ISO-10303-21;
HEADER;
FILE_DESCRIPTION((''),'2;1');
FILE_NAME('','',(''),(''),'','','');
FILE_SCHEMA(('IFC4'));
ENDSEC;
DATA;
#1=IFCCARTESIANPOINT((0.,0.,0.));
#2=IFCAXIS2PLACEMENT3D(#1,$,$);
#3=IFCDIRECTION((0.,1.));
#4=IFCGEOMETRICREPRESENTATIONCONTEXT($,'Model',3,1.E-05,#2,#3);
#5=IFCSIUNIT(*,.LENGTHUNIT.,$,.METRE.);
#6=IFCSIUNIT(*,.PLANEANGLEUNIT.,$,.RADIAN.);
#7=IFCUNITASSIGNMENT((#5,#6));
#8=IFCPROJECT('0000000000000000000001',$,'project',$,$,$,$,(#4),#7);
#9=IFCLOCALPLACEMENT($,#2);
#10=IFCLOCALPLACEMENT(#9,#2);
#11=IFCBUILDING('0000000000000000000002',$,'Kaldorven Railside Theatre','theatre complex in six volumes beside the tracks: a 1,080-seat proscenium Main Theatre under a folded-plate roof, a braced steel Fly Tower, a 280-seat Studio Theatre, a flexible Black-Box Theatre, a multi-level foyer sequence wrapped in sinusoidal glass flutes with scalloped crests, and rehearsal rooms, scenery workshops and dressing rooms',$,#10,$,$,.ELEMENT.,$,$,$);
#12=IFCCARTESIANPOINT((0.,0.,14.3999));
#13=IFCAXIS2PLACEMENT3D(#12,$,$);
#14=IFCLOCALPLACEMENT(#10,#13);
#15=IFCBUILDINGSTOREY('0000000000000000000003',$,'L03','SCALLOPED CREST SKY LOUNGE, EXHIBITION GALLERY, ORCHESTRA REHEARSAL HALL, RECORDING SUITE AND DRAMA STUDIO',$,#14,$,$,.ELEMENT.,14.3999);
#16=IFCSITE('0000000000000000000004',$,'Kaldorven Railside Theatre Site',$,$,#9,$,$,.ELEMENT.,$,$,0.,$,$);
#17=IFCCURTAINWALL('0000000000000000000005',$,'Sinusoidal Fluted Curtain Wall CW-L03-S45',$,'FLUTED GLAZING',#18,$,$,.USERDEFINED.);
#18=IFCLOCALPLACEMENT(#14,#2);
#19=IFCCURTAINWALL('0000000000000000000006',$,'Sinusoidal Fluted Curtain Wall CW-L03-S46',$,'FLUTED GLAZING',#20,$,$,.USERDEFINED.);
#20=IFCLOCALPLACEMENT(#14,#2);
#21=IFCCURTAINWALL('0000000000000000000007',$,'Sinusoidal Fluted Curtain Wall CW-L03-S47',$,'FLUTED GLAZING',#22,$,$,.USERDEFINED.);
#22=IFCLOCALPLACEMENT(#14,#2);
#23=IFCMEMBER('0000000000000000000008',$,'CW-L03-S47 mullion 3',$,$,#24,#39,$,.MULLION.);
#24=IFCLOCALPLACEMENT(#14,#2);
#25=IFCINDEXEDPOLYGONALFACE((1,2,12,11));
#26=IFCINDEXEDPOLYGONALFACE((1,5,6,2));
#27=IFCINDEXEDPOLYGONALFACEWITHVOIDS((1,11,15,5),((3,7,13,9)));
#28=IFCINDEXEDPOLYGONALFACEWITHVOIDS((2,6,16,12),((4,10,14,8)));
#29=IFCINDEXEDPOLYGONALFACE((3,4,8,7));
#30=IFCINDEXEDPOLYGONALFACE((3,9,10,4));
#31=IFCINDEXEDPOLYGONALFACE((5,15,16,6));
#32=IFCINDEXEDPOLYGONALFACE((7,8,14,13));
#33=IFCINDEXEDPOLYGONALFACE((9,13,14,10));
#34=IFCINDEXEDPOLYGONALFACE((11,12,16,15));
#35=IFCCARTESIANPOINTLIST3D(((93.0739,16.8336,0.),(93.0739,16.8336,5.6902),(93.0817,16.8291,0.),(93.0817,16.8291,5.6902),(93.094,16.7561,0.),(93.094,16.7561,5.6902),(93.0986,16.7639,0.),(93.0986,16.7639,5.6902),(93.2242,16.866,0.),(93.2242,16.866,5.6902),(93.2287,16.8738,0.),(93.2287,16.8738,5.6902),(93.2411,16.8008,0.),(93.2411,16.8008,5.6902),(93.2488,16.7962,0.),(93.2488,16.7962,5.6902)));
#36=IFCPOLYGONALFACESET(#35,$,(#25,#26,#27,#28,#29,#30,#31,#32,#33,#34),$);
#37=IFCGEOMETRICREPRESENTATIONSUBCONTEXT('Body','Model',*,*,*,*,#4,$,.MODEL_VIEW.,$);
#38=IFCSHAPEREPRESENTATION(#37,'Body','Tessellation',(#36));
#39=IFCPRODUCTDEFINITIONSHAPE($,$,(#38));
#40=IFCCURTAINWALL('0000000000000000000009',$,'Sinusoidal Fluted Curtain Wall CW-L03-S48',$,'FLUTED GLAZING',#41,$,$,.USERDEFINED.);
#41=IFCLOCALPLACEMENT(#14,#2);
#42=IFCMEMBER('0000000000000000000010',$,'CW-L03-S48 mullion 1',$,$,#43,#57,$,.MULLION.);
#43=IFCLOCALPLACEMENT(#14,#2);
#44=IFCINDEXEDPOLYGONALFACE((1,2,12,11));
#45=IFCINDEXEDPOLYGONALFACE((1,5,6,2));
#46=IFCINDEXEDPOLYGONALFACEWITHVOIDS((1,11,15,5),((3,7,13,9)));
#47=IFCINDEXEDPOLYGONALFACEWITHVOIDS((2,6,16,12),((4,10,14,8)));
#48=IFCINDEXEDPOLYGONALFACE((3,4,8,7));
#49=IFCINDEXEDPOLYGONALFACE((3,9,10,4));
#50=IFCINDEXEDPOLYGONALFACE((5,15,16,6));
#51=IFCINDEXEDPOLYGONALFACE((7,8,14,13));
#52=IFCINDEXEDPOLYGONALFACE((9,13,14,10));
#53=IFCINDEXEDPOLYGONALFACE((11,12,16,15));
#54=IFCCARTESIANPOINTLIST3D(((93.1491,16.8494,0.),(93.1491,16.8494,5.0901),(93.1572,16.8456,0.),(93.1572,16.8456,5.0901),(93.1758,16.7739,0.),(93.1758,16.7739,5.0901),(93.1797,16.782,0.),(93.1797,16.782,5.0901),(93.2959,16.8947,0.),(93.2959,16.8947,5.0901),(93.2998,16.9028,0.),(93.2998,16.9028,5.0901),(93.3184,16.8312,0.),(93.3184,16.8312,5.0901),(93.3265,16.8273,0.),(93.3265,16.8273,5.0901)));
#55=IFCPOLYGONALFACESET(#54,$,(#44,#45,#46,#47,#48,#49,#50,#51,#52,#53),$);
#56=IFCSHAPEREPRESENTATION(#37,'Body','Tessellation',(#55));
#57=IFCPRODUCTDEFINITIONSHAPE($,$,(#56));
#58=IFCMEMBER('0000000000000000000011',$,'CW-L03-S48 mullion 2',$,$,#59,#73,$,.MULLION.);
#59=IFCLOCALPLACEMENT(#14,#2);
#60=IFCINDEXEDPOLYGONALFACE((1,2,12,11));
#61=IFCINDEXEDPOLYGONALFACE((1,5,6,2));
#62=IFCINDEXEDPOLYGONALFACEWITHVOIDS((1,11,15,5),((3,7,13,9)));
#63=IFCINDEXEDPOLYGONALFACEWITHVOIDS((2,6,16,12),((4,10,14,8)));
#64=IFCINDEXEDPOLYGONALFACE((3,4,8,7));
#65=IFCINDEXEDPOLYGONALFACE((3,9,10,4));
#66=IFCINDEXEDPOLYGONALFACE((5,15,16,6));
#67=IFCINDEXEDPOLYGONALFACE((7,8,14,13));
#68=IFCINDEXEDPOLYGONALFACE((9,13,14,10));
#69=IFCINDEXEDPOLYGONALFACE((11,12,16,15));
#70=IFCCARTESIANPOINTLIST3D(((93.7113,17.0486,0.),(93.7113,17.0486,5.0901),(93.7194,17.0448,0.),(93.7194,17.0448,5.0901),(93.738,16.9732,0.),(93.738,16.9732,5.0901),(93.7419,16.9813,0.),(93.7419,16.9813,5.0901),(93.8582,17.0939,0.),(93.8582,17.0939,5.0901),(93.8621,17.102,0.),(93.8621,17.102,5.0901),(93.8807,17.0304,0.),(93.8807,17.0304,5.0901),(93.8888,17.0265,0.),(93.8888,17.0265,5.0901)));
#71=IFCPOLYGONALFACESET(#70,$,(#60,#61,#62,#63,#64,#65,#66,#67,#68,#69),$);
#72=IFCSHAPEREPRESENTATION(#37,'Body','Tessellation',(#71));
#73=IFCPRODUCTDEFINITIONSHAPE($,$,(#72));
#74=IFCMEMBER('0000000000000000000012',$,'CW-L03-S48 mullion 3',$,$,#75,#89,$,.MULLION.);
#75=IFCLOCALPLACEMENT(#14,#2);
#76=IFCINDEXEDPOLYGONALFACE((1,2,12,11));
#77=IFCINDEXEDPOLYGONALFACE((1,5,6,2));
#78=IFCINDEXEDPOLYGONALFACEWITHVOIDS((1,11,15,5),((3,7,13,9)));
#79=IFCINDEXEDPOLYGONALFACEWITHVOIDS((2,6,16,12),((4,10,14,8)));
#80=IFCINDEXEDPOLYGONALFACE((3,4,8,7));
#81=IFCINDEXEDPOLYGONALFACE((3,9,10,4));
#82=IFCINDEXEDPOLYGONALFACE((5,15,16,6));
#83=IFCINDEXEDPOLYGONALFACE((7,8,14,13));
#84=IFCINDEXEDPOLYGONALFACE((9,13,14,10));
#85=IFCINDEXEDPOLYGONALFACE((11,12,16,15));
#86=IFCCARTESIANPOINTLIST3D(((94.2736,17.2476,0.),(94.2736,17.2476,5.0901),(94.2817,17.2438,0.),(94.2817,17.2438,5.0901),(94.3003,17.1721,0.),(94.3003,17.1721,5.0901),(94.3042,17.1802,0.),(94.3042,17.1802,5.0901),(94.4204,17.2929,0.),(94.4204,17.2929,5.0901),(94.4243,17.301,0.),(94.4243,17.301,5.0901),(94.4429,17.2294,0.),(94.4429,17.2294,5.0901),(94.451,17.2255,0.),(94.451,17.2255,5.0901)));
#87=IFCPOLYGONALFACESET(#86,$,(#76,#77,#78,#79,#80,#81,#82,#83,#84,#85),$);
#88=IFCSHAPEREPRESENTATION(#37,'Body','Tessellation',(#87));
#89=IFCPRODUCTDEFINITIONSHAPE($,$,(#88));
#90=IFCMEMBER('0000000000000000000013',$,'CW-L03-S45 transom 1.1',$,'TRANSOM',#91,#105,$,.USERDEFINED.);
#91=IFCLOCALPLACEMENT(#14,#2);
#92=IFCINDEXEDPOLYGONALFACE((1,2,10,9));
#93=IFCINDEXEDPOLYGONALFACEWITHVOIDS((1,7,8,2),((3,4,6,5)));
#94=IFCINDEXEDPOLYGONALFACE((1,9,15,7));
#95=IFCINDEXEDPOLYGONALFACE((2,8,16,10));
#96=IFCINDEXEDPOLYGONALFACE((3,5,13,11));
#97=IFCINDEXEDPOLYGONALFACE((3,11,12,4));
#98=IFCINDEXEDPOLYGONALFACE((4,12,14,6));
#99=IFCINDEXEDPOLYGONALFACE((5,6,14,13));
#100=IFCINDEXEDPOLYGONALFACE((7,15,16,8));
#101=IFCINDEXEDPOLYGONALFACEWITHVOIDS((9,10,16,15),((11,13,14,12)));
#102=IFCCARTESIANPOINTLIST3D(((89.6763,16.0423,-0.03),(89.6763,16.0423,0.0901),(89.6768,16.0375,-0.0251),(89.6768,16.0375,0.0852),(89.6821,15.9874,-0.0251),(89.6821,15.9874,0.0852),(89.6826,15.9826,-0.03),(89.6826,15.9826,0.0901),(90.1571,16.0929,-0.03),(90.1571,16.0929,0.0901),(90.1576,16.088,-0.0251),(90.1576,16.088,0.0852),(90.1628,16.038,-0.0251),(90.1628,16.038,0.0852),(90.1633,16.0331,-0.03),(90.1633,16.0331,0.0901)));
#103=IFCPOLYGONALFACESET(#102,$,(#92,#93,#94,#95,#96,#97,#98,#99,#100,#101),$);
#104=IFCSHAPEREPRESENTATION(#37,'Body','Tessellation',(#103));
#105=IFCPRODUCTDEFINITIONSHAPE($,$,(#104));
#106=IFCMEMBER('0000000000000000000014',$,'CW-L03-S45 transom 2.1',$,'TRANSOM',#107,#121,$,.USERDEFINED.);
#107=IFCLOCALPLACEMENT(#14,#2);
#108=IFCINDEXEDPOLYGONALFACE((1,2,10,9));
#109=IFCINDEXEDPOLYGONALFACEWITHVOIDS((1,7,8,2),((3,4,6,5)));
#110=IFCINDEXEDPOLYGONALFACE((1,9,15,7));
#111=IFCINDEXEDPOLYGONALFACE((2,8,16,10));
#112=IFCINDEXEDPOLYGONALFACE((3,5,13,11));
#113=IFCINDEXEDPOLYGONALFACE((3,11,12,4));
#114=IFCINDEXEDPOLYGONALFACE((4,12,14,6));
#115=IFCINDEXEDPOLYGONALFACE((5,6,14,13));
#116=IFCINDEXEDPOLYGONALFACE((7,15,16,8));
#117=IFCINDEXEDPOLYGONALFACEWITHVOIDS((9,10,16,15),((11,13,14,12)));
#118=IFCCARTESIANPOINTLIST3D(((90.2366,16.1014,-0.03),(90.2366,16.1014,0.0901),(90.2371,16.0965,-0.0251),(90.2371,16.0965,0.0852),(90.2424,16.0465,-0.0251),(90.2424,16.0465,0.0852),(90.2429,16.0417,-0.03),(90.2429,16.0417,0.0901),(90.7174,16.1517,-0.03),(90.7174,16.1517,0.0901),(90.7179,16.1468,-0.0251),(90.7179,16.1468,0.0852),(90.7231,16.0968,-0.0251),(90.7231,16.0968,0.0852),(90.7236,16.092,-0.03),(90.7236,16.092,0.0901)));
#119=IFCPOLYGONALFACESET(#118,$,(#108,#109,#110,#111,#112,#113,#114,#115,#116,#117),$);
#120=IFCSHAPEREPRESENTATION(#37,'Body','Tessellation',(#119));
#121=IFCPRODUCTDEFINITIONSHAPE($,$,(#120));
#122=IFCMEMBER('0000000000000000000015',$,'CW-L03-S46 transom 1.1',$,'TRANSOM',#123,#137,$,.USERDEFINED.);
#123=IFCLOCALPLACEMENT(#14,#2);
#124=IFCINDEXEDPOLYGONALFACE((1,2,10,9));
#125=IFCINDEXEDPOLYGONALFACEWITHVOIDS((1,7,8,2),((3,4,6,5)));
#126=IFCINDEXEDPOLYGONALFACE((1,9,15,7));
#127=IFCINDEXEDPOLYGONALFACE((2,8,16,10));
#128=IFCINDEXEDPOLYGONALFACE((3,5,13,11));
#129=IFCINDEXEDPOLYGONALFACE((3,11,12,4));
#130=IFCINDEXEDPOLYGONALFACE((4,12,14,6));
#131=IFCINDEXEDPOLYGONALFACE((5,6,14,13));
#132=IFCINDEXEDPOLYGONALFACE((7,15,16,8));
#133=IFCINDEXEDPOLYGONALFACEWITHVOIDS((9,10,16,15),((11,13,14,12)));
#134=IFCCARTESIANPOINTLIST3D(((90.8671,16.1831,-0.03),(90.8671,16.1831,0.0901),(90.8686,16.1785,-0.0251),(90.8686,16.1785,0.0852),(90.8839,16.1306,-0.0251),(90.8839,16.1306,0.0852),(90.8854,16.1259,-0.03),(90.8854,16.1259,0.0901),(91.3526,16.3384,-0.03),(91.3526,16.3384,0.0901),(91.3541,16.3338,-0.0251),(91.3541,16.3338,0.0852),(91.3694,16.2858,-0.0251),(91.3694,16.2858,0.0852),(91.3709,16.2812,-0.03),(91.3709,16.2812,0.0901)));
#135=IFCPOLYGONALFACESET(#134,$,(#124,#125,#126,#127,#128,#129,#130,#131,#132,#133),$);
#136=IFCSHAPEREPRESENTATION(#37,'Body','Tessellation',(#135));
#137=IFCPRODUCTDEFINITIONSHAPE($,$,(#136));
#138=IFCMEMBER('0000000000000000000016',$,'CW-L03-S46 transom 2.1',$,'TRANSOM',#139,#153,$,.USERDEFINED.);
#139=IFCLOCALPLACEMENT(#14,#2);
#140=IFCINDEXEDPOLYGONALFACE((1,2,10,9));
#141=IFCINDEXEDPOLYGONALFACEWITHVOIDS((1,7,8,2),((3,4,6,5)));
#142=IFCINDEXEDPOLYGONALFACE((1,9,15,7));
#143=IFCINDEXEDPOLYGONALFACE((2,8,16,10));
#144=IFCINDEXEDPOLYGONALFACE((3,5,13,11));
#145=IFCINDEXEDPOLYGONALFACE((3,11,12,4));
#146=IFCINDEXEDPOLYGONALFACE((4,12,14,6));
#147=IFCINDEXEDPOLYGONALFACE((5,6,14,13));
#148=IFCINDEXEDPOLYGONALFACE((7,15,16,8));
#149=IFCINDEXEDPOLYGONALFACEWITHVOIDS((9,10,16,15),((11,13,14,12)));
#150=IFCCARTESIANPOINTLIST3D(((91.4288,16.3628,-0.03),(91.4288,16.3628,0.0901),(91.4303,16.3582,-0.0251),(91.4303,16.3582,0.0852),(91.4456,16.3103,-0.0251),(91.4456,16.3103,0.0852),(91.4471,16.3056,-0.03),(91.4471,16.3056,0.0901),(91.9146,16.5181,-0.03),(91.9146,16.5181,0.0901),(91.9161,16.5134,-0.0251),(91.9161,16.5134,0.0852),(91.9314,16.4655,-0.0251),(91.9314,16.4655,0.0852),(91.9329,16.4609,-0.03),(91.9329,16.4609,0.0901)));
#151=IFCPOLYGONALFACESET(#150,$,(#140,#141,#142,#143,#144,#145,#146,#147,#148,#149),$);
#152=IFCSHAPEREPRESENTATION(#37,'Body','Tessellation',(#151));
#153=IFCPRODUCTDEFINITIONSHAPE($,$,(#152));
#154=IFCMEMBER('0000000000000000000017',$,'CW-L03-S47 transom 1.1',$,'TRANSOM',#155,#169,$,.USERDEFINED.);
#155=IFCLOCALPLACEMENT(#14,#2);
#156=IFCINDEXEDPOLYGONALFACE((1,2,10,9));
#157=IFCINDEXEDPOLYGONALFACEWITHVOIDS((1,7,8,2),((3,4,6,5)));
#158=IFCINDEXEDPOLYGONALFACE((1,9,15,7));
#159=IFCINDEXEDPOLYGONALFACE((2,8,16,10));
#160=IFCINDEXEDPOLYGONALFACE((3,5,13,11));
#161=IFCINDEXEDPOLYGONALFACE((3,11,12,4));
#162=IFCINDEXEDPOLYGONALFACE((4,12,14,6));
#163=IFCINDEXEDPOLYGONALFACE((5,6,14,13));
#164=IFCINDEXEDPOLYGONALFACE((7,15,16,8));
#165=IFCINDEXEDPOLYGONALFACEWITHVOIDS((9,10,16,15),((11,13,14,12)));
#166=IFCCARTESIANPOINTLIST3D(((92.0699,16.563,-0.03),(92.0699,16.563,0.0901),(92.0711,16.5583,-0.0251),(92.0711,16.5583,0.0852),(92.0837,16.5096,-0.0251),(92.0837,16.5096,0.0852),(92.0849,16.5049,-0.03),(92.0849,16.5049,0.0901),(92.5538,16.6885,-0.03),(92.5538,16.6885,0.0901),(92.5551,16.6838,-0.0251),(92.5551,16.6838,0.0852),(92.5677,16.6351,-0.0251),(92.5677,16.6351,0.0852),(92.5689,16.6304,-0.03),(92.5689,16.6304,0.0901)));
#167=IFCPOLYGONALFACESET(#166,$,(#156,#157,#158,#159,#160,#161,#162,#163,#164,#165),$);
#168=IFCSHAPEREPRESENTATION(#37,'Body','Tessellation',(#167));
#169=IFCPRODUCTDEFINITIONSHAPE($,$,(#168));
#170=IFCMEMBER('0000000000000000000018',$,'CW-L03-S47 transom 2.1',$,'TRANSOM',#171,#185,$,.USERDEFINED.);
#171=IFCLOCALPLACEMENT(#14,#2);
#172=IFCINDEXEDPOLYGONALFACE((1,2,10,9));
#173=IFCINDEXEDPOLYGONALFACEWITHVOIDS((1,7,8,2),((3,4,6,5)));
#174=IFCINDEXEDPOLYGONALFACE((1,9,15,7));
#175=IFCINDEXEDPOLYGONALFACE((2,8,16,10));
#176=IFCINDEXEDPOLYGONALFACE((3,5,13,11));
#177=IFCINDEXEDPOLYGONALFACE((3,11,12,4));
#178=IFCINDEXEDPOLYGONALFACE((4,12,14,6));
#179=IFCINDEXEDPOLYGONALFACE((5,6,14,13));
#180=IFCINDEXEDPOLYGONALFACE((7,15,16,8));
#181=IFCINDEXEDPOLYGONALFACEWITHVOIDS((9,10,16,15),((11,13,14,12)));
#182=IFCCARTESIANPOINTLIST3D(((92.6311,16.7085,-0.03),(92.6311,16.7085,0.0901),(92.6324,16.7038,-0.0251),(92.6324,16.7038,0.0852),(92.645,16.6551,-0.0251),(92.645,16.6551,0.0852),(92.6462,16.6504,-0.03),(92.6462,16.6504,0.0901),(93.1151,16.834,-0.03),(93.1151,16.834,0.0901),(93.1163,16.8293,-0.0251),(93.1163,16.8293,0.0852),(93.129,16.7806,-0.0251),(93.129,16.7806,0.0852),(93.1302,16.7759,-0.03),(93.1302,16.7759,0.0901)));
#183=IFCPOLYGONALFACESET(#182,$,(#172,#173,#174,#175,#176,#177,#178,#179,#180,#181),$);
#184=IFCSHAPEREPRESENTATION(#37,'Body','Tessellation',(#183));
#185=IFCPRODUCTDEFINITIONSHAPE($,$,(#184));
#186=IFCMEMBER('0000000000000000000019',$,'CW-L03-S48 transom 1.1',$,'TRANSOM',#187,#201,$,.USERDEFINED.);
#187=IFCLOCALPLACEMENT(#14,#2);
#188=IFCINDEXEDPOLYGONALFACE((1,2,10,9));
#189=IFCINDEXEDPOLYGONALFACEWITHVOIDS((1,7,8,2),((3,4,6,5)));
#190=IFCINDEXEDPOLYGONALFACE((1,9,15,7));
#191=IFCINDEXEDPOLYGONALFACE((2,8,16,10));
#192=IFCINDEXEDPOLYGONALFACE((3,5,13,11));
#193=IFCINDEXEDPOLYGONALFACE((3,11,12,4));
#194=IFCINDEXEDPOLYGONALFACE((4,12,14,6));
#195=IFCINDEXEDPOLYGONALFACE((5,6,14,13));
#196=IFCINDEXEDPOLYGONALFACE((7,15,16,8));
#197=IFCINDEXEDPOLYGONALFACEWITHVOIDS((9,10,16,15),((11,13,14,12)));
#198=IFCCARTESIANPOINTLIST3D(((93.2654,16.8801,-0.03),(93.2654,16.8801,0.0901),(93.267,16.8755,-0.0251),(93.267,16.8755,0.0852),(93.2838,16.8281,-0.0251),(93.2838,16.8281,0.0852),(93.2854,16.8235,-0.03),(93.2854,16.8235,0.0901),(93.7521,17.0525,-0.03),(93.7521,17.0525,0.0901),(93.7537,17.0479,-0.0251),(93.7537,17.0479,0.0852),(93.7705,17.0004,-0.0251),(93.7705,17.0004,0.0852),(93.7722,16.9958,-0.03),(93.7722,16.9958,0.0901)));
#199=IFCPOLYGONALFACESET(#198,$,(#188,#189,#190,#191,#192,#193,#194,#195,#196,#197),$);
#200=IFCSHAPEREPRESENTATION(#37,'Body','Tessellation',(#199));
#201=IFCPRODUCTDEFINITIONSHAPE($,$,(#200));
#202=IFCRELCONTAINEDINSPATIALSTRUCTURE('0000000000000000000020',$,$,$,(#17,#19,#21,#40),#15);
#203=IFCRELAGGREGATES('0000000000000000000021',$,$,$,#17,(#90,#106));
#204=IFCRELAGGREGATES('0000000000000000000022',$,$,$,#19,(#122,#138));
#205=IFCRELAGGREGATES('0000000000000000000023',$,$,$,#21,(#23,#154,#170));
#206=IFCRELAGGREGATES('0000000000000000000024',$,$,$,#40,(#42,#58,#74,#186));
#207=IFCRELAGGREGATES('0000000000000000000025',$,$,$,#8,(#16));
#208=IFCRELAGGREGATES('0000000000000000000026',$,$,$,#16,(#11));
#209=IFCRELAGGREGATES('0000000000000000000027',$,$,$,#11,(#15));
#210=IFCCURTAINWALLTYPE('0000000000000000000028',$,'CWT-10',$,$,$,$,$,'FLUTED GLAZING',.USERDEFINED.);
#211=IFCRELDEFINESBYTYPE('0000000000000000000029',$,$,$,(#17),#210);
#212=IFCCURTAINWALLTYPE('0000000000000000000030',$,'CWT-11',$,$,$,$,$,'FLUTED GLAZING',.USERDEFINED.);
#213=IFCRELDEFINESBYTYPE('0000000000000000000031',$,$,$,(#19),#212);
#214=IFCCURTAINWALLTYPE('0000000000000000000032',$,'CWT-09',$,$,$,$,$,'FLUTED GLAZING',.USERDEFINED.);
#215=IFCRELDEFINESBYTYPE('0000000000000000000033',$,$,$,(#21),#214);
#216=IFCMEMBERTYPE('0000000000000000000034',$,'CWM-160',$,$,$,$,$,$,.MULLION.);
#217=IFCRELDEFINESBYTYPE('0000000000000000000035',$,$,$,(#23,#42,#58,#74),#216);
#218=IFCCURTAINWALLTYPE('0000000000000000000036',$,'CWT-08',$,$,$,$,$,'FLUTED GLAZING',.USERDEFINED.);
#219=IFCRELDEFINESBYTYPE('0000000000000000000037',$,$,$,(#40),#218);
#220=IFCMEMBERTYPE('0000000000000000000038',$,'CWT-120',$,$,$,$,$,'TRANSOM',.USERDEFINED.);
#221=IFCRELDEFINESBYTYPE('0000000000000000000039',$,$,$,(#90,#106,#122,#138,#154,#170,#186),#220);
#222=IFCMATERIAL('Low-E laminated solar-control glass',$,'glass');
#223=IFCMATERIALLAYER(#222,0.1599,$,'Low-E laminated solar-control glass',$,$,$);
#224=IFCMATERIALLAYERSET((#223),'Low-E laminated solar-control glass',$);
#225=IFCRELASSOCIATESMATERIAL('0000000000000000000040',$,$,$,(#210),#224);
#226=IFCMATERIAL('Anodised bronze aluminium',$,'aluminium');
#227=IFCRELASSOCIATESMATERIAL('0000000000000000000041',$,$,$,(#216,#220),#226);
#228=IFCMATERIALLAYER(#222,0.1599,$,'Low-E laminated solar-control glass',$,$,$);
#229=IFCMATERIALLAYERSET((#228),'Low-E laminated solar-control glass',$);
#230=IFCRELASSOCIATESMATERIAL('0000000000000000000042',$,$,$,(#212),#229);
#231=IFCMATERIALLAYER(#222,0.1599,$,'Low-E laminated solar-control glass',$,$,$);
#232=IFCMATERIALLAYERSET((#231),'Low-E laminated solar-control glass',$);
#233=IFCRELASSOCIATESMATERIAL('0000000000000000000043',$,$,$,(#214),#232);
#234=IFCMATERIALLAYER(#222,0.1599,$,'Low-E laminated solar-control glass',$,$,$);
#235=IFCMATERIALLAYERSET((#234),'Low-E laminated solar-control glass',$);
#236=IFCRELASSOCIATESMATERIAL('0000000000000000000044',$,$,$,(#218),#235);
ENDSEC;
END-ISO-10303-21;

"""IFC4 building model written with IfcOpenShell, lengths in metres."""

from ifc_helpers import new_model, si_unit, direction, frame, origin, origin_2d, place, context, subcontext, project, spatial, hollow_rectangle, extrude, material, layer, layer_set, material_profile, profile_set, type_object, element, aggregate, save


model = new_model("IFC4")

# Units and contexts
model_context = context("Model", 3, precision=1e-05, world=origin(), true_north=direction((0.0, 1.0)))
body_context = subcontext(model_context, "Body", "Model", "MODEL_VIEW")
ifc_project = project(units=[si_unit("LENGTHUNIT", "METRE"), si_unit("PLANEANGLEUNIT", "RADIAN")], contexts=[model_context])

# Site, building, storey
site_placement = place(None, origin())
site = spatial("IfcSite", under=ifc_project, at=site_placement, Name="Kaldorven Railside Theatre Site", CompositionType="ELEMENT", RefElevation=0.0)
building_placement = place(site_placement, origin())
building = spatial("IfcBuilding", under=site, at=building_placement, Name="Kaldorven Railside Theatre", Description="theatre complex in six volumes beside the tracks: a 1,080-seat proscenium Main Theatre under a folded-plate roof, a braced steel Fly Tower, a 280-seat Studio Theatre, a flexible Black-Box Theatre, a multi-level foyer sequence wrapped in sinusoidal glass flutes with scalloped crests, and rehearsal rooms, scenery workshops and dressing rooms", CompositionType="ELEMENT")
storey_placement = place(building_placement, frame((0.0, 0.0, 14.3999)))
storey = spatial("IfcBuildingStorey", under=building, at=storey_placement, Name="L03", Description="SCALLOPED CREST SKY LOUNGE, EXHIBITION GALLERY, ORCHESTRA REHEARSAL HALL, RECORDING SUITE AND DRAMA STUDIO", CompositionType="ELEMENT", Elevation=14.3999)

# Curtain walls, members
ifc_material_1 = material(Name="Low-E laminated solar-control glass", Category="glass")
ifc_layer_1 = layer(ifc_material_1, 0.1599, Name="Low-E laminated solar-control glass")
ifc_layer_set_1 = layer_set([ifc_layer_1], Name="Low-E laminated solar-control glass")
curtain_wall_type_1 = type_object("IfcCurtainWallType", Name="CWT-10", ElementType="FLUTED GLAZING", PredefinedType="USERDEFINED", material=ifc_layer_set_1)
curtain_wall_1_placement = place(storey_placement, origin())
curtain_wall_1 = element("IfcCurtainWall", 1, at=curtain_wall_1_placement, inside=storey, type_object=curtain_wall_type_1, Name="Sinusoidal Fluted Curtain Wall CW-L03-S45", ObjectType="FLUTED GLAZING", PredefinedType="USERDEFINED")
ifc_material_2 = material(Name="Anodised bronze aluminium", Category="aluminium")
ifc_material_profile_1 = material_profile(ifc_material_2, hollow_rectangle(XDim=0.0801, YDim=0.1599, WallThickness=0.0063, at=origin_2d()), Name="RHS 160x80x6.3")
ifc_profile_set_1 = profile_set([ifc_material_profile_1], Name="Anodised bronze aluminium")
member_type_1 = type_object("IfcMemberType", Name="CWM-160", PredefinedType="MULLION", material=ifc_profile_set_1)
ifc_layer_2 = layer(ifc_material_1, 0.1599, Name="Low-E laminated solar-control glass")
ifc_layer_set_2 = layer_set([ifc_layer_2], Name="Low-E laminated solar-control glass")
curtain_wall_type_2 = type_object("IfcCurtainWallType", Name="CWT-11", ElementType="FLUTED GLAZING", PredefinedType="USERDEFINED", material=ifc_layer_set_2)
curtain_wall_2_placement = place(storey_placement, origin())
curtain_wall_2 = element("IfcCurtainWall", 2, at=curtain_wall_2_placement, inside=storey, type_object=curtain_wall_type_2, Name="Sinusoidal Fluted Curtain Wall CW-L03-S46", ObjectType="FLUTED GLAZING", PredefinedType="USERDEFINED")
ifc_layer_3 = layer(ifc_material_1, 0.1599, Name="Low-E laminated solar-control glass")
ifc_layer_set_3 = layer_set([ifc_layer_3], Name="Low-E laminated solar-control glass")
curtain_wall_type_3 = type_object("IfcCurtainWallType", Name="CWT-09", ElementType="FLUTED GLAZING", PredefinedType="USERDEFINED", material=ifc_layer_set_3)
curtain_wall_3_placement = place(storey_placement, origin())
curtain_wall_3 = element("IfcCurtainWall", 3, at=curtain_wall_3_placement, inside=storey, type_object=curtain_wall_type_3, Name="Sinusoidal Fluted Curtain Wall CW-L03-S47", ObjectType="FLUTED GLAZING", PredefinedType="USERDEFINED")
member_1_placement = place(storey_placement, frame((93.1614, 16.8149, 0.0), z_axis=(0.0, 0.0, 1.0), x_axis=(-0.250954, 0.967999, 0.0)))
member_1 = element("IfcMember", 4, at=member_1_placement, type_object=member_type_1, Name="CW-L03-S47 mullion 3", PredefinedType="MULLION", context=body_context, shape_type="SweptSolid", body=[
    extrude(hollow_rectangle(XDim=0.0801, YDim=0.1599, WallThickness=0.0063, at=origin_2d()), origin(), (0.0, 0.0, 1.0), 5.6902),
])
ifc_layer_4 = layer(ifc_material_1, 0.1599, Name="Low-E laminated solar-control glass")
ifc_layer_set_4 = layer_set([ifc_layer_4], Name="Low-E laminated solar-control glass")
curtain_wall_type_4 = type_object("IfcCurtainWallType", Name="CWT-08", ElementType="FLUTED GLAZING", PredefinedType="USERDEFINED", material=ifc_layer_set_4)
curtain_wall_4_placement = place(storey_placement, origin())
curtain_wall_4 = element("IfcCurtainWall", 5, at=curtain_wall_4_placement, inside=storey, type_object=curtain_wall_type_4, Name="Sinusoidal Fluted Curtain Wall CW-L03-S48", ObjectType="FLUTED GLAZING", PredefinedType="USERDEFINED")
member_2_placement = place(storey_placement, frame((93.2378, 16.8384, 0.0), z_axis=(0.0, 0.0, 1.0), x_axis=(-0.333847, 0.942627, 0.0)))
member_2 = element("IfcMember", 6, at=member_2_placement, type_object=member_type_1, Name="CW-L03-S48 mullion 1", PredefinedType="MULLION", context=body_context, shape_type="SweptSolid", body=[
    extrude(hollow_rectangle(XDim=0.0801, YDim=0.1599, WallThickness=0.0063, at=origin_2d()), origin(), (0.0, 0.0, 1.0), 5.0901),
])
member_3_placement = place(storey_placement, frame((93.8, 17.0376, 0.0), z_axis=(0.0, 0.0, 1.0), x_axis=(-0.333847, 0.942627, 0.0)))
member_3 = element("IfcMember", 7, at=member_3_placement, type_object=member_type_1, Name="CW-L03-S48 mullion 2", PredefinedType="MULLION", context=body_context, shape_type="SweptSolid", body=[
    extrude(hollow_rectangle(XDim=0.0801, YDim=0.1599, WallThickness=0.0063, at=origin_2d()), origin(), (0.0, 0.0, 1.0), 5.0901),
])
member_4_placement = place(storey_placement, frame((94.3623, 17.2366, 0.0), z_axis=(0.0, 0.0, 1.0), x_axis=(-0.333847, 0.942627, 0.0)))
member_4 = element("IfcMember", 8, at=member_4_placement, type_object=member_type_1, Name="CW-L03-S48 mullion 3", PredefinedType="MULLION", context=body_context, shape_type="SweptSolid", body=[
    extrude(hollow_rectangle(XDim=0.0801, YDim=0.1599, WallThickness=0.0063, at=origin_2d()), origin(), (0.0, 0.0, 1.0), 5.0901),
])

# Members
ifc_material_profile_2 = material_profile(ifc_material_2, hollow_rectangle(XDim=0.0601, YDim=0.1201, WallThickness=0.0049, at=origin_2d()), Name="RHS 120x60x5")
ifc_profile_set_2 = profile_set([ifc_material_profile_2], Name="Anodised bronze aluminium")
member_type_2 = type_object("IfcMemberType", Name="CWT-120", ElementType="TRANSOM", PredefinedType="USERDEFINED", material=ifc_profile_set_2)
member_5_placement = place(storey_placement, frame((89.6794, 16.0125, 0.03), z_axis=(0.994519, 0.104553, 0.0), x_axis=(-0.104553, 0.994519, 0.0)))
member_5 = element("IfcMember", 9, at=member_5_placement, type_object=member_type_2, Name="CW-L03-S45 transom 1.1", ObjectType="TRANSOM", PredefinedType="USERDEFINED", context=body_context, shape_type="SweptSolid", body=[
    extrude(hollow_rectangle(XDim=0.0601, YDim=0.1201, WallThickness=0.0049, at=origin_2d()), origin(), (0.0, 0.0, 1.0), 0.4834),
])
member_6_placement = place(storey_placement, frame((90.2397, 16.0715, 0.03), z_axis=(0.994572, 0.104054, 0.0), x_axis=(-0.104054, 0.994572, 0.0)))
member_6 = element("IfcMember", 10, at=member_6_placement, type_object=member_type_2, Name="CW-L03-S45 transom 2.1", ObjectType="TRANSOM", PredefinedType="USERDEFINED", context=body_context, shape_type="SweptSolid", body=[
    extrude(hollow_rectangle(XDim=0.0601, YDim=0.1201, WallThickness=0.0049, at=origin_2d()), origin(), (0.0, 0.0, 1.0), 0.4834),
])
member_7_placement = place(storey_placement, frame((90.8762, 16.1545, 0.03), z_axis=(0.952491, 0.304567, 0.0), x_axis=(-0.304567, 0.952491, 0.0)))
member_7 = element("IfcMember", 11, at=member_7_placement, type_object=member_type_2, Name="CW-L03-S46 transom 1.1", ObjectType="TRANSOM", PredefinedType="USERDEFINED", context=body_context, shape_type="SweptSolid", body=[
    extrude(hollow_rectangle(XDim=0.0601, YDim=0.1201, WallThickness=0.0049, at=origin_2d()), origin(), (0.0, 0.0, 1.0), 0.5098),
])
member_8_placement = place(storey_placement, frame((91.438, 16.3342, 0.03), z_axis=(0.952535, 0.304428, 0.0), x_axis=(-0.304428, 0.952535, 0.0)))
member_8 = element("IfcMember", 12, at=member_8_placement, type_object=member_type_2, Name="CW-L03-S46 transom 2.1", ObjectType="TRANSOM", PredefinedType="USERDEFINED", context=body_context, shape_type="SweptSolid", body=[
    extrude(hollow_rectangle(XDim=0.0601, YDim=0.1201, WallThickness=0.0049, at=origin_2d()), origin(), (0.0, 0.0, 1.0), 0.51),
])
member_9_placement = place(storey_placement, frame((92.0774, 16.5339, 0.03), z_axis=(0.967979, 0.25103, 0.0), x_axis=(-0.25103, 0.967979, 0.0)))
member_9 = element("IfcMember", 13, at=member_9_placement, type_object=member_type_2, Name="CW-L03-S47 transom 1.1", ObjectType="TRANSOM", PredefinedType="USERDEFINED", context=body_context, shape_type="SweptSolid", body=[
    extrude(hollow_rectangle(XDim=0.0601, YDim=0.1201, WallThickness=0.0049, at=origin_2d()), origin(), (0.0, 0.0, 1.0), 0.5),
])
member_10_placement = place(storey_placement, frame((92.6387, 16.6794, 0.03), z_axis=(0.967979, 0.25103, 0.0), x_axis=(-0.25103, 0.967979, 0.0)))
member_10 = element("IfcMember", 14, at=member_10_placement, type_object=member_type_2, Name="CW-L03-S47 transom 2.1", ObjectType="TRANSOM", PredefinedType="USERDEFINED", context=body_context, shape_type="SweptSolid", body=[
    extrude(hollow_rectangle(XDim=0.0601, YDim=0.1201, WallThickness=0.0049, at=origin_2d()), origin(), (0.0, 0.0, 1.0), 0.5),
])
member_11_placement = place(storey_placement, frame((93.2754, 16.8518, 0.03), z_axis=(0.942658, 0.33376, 0.0), x_axis=(-0.33376, 0.942658, 0.0)))
member_11 = element("IfcMember", 15, at=member_11_placement, type_object=member_type_2, Name="CW-L03-S48 transom 1.1", ObjectType="TRANSOM", PredefinedType="USERDEFINED", context=body_context, shape_type="SweptSolid", body=[
    extrude(hollow_rectangle(XDim=0.0601, YDim=0.1201, WallThickness=0.0049, at=origin_2d()), origin(), (0.0, 0.0, 1.0), 0.5164),
])

aggregate(curtain_wall_1, [member_5, member_6])
aggregate(curtain_wall_2, [member_7, member_8])
aggregate(curtain_wall_3, [member_1, member_9, member_10])
aggregate(curtain_wall_4, [member_2, member_3, member_4, member_11])

save(model, "model.ifc")
